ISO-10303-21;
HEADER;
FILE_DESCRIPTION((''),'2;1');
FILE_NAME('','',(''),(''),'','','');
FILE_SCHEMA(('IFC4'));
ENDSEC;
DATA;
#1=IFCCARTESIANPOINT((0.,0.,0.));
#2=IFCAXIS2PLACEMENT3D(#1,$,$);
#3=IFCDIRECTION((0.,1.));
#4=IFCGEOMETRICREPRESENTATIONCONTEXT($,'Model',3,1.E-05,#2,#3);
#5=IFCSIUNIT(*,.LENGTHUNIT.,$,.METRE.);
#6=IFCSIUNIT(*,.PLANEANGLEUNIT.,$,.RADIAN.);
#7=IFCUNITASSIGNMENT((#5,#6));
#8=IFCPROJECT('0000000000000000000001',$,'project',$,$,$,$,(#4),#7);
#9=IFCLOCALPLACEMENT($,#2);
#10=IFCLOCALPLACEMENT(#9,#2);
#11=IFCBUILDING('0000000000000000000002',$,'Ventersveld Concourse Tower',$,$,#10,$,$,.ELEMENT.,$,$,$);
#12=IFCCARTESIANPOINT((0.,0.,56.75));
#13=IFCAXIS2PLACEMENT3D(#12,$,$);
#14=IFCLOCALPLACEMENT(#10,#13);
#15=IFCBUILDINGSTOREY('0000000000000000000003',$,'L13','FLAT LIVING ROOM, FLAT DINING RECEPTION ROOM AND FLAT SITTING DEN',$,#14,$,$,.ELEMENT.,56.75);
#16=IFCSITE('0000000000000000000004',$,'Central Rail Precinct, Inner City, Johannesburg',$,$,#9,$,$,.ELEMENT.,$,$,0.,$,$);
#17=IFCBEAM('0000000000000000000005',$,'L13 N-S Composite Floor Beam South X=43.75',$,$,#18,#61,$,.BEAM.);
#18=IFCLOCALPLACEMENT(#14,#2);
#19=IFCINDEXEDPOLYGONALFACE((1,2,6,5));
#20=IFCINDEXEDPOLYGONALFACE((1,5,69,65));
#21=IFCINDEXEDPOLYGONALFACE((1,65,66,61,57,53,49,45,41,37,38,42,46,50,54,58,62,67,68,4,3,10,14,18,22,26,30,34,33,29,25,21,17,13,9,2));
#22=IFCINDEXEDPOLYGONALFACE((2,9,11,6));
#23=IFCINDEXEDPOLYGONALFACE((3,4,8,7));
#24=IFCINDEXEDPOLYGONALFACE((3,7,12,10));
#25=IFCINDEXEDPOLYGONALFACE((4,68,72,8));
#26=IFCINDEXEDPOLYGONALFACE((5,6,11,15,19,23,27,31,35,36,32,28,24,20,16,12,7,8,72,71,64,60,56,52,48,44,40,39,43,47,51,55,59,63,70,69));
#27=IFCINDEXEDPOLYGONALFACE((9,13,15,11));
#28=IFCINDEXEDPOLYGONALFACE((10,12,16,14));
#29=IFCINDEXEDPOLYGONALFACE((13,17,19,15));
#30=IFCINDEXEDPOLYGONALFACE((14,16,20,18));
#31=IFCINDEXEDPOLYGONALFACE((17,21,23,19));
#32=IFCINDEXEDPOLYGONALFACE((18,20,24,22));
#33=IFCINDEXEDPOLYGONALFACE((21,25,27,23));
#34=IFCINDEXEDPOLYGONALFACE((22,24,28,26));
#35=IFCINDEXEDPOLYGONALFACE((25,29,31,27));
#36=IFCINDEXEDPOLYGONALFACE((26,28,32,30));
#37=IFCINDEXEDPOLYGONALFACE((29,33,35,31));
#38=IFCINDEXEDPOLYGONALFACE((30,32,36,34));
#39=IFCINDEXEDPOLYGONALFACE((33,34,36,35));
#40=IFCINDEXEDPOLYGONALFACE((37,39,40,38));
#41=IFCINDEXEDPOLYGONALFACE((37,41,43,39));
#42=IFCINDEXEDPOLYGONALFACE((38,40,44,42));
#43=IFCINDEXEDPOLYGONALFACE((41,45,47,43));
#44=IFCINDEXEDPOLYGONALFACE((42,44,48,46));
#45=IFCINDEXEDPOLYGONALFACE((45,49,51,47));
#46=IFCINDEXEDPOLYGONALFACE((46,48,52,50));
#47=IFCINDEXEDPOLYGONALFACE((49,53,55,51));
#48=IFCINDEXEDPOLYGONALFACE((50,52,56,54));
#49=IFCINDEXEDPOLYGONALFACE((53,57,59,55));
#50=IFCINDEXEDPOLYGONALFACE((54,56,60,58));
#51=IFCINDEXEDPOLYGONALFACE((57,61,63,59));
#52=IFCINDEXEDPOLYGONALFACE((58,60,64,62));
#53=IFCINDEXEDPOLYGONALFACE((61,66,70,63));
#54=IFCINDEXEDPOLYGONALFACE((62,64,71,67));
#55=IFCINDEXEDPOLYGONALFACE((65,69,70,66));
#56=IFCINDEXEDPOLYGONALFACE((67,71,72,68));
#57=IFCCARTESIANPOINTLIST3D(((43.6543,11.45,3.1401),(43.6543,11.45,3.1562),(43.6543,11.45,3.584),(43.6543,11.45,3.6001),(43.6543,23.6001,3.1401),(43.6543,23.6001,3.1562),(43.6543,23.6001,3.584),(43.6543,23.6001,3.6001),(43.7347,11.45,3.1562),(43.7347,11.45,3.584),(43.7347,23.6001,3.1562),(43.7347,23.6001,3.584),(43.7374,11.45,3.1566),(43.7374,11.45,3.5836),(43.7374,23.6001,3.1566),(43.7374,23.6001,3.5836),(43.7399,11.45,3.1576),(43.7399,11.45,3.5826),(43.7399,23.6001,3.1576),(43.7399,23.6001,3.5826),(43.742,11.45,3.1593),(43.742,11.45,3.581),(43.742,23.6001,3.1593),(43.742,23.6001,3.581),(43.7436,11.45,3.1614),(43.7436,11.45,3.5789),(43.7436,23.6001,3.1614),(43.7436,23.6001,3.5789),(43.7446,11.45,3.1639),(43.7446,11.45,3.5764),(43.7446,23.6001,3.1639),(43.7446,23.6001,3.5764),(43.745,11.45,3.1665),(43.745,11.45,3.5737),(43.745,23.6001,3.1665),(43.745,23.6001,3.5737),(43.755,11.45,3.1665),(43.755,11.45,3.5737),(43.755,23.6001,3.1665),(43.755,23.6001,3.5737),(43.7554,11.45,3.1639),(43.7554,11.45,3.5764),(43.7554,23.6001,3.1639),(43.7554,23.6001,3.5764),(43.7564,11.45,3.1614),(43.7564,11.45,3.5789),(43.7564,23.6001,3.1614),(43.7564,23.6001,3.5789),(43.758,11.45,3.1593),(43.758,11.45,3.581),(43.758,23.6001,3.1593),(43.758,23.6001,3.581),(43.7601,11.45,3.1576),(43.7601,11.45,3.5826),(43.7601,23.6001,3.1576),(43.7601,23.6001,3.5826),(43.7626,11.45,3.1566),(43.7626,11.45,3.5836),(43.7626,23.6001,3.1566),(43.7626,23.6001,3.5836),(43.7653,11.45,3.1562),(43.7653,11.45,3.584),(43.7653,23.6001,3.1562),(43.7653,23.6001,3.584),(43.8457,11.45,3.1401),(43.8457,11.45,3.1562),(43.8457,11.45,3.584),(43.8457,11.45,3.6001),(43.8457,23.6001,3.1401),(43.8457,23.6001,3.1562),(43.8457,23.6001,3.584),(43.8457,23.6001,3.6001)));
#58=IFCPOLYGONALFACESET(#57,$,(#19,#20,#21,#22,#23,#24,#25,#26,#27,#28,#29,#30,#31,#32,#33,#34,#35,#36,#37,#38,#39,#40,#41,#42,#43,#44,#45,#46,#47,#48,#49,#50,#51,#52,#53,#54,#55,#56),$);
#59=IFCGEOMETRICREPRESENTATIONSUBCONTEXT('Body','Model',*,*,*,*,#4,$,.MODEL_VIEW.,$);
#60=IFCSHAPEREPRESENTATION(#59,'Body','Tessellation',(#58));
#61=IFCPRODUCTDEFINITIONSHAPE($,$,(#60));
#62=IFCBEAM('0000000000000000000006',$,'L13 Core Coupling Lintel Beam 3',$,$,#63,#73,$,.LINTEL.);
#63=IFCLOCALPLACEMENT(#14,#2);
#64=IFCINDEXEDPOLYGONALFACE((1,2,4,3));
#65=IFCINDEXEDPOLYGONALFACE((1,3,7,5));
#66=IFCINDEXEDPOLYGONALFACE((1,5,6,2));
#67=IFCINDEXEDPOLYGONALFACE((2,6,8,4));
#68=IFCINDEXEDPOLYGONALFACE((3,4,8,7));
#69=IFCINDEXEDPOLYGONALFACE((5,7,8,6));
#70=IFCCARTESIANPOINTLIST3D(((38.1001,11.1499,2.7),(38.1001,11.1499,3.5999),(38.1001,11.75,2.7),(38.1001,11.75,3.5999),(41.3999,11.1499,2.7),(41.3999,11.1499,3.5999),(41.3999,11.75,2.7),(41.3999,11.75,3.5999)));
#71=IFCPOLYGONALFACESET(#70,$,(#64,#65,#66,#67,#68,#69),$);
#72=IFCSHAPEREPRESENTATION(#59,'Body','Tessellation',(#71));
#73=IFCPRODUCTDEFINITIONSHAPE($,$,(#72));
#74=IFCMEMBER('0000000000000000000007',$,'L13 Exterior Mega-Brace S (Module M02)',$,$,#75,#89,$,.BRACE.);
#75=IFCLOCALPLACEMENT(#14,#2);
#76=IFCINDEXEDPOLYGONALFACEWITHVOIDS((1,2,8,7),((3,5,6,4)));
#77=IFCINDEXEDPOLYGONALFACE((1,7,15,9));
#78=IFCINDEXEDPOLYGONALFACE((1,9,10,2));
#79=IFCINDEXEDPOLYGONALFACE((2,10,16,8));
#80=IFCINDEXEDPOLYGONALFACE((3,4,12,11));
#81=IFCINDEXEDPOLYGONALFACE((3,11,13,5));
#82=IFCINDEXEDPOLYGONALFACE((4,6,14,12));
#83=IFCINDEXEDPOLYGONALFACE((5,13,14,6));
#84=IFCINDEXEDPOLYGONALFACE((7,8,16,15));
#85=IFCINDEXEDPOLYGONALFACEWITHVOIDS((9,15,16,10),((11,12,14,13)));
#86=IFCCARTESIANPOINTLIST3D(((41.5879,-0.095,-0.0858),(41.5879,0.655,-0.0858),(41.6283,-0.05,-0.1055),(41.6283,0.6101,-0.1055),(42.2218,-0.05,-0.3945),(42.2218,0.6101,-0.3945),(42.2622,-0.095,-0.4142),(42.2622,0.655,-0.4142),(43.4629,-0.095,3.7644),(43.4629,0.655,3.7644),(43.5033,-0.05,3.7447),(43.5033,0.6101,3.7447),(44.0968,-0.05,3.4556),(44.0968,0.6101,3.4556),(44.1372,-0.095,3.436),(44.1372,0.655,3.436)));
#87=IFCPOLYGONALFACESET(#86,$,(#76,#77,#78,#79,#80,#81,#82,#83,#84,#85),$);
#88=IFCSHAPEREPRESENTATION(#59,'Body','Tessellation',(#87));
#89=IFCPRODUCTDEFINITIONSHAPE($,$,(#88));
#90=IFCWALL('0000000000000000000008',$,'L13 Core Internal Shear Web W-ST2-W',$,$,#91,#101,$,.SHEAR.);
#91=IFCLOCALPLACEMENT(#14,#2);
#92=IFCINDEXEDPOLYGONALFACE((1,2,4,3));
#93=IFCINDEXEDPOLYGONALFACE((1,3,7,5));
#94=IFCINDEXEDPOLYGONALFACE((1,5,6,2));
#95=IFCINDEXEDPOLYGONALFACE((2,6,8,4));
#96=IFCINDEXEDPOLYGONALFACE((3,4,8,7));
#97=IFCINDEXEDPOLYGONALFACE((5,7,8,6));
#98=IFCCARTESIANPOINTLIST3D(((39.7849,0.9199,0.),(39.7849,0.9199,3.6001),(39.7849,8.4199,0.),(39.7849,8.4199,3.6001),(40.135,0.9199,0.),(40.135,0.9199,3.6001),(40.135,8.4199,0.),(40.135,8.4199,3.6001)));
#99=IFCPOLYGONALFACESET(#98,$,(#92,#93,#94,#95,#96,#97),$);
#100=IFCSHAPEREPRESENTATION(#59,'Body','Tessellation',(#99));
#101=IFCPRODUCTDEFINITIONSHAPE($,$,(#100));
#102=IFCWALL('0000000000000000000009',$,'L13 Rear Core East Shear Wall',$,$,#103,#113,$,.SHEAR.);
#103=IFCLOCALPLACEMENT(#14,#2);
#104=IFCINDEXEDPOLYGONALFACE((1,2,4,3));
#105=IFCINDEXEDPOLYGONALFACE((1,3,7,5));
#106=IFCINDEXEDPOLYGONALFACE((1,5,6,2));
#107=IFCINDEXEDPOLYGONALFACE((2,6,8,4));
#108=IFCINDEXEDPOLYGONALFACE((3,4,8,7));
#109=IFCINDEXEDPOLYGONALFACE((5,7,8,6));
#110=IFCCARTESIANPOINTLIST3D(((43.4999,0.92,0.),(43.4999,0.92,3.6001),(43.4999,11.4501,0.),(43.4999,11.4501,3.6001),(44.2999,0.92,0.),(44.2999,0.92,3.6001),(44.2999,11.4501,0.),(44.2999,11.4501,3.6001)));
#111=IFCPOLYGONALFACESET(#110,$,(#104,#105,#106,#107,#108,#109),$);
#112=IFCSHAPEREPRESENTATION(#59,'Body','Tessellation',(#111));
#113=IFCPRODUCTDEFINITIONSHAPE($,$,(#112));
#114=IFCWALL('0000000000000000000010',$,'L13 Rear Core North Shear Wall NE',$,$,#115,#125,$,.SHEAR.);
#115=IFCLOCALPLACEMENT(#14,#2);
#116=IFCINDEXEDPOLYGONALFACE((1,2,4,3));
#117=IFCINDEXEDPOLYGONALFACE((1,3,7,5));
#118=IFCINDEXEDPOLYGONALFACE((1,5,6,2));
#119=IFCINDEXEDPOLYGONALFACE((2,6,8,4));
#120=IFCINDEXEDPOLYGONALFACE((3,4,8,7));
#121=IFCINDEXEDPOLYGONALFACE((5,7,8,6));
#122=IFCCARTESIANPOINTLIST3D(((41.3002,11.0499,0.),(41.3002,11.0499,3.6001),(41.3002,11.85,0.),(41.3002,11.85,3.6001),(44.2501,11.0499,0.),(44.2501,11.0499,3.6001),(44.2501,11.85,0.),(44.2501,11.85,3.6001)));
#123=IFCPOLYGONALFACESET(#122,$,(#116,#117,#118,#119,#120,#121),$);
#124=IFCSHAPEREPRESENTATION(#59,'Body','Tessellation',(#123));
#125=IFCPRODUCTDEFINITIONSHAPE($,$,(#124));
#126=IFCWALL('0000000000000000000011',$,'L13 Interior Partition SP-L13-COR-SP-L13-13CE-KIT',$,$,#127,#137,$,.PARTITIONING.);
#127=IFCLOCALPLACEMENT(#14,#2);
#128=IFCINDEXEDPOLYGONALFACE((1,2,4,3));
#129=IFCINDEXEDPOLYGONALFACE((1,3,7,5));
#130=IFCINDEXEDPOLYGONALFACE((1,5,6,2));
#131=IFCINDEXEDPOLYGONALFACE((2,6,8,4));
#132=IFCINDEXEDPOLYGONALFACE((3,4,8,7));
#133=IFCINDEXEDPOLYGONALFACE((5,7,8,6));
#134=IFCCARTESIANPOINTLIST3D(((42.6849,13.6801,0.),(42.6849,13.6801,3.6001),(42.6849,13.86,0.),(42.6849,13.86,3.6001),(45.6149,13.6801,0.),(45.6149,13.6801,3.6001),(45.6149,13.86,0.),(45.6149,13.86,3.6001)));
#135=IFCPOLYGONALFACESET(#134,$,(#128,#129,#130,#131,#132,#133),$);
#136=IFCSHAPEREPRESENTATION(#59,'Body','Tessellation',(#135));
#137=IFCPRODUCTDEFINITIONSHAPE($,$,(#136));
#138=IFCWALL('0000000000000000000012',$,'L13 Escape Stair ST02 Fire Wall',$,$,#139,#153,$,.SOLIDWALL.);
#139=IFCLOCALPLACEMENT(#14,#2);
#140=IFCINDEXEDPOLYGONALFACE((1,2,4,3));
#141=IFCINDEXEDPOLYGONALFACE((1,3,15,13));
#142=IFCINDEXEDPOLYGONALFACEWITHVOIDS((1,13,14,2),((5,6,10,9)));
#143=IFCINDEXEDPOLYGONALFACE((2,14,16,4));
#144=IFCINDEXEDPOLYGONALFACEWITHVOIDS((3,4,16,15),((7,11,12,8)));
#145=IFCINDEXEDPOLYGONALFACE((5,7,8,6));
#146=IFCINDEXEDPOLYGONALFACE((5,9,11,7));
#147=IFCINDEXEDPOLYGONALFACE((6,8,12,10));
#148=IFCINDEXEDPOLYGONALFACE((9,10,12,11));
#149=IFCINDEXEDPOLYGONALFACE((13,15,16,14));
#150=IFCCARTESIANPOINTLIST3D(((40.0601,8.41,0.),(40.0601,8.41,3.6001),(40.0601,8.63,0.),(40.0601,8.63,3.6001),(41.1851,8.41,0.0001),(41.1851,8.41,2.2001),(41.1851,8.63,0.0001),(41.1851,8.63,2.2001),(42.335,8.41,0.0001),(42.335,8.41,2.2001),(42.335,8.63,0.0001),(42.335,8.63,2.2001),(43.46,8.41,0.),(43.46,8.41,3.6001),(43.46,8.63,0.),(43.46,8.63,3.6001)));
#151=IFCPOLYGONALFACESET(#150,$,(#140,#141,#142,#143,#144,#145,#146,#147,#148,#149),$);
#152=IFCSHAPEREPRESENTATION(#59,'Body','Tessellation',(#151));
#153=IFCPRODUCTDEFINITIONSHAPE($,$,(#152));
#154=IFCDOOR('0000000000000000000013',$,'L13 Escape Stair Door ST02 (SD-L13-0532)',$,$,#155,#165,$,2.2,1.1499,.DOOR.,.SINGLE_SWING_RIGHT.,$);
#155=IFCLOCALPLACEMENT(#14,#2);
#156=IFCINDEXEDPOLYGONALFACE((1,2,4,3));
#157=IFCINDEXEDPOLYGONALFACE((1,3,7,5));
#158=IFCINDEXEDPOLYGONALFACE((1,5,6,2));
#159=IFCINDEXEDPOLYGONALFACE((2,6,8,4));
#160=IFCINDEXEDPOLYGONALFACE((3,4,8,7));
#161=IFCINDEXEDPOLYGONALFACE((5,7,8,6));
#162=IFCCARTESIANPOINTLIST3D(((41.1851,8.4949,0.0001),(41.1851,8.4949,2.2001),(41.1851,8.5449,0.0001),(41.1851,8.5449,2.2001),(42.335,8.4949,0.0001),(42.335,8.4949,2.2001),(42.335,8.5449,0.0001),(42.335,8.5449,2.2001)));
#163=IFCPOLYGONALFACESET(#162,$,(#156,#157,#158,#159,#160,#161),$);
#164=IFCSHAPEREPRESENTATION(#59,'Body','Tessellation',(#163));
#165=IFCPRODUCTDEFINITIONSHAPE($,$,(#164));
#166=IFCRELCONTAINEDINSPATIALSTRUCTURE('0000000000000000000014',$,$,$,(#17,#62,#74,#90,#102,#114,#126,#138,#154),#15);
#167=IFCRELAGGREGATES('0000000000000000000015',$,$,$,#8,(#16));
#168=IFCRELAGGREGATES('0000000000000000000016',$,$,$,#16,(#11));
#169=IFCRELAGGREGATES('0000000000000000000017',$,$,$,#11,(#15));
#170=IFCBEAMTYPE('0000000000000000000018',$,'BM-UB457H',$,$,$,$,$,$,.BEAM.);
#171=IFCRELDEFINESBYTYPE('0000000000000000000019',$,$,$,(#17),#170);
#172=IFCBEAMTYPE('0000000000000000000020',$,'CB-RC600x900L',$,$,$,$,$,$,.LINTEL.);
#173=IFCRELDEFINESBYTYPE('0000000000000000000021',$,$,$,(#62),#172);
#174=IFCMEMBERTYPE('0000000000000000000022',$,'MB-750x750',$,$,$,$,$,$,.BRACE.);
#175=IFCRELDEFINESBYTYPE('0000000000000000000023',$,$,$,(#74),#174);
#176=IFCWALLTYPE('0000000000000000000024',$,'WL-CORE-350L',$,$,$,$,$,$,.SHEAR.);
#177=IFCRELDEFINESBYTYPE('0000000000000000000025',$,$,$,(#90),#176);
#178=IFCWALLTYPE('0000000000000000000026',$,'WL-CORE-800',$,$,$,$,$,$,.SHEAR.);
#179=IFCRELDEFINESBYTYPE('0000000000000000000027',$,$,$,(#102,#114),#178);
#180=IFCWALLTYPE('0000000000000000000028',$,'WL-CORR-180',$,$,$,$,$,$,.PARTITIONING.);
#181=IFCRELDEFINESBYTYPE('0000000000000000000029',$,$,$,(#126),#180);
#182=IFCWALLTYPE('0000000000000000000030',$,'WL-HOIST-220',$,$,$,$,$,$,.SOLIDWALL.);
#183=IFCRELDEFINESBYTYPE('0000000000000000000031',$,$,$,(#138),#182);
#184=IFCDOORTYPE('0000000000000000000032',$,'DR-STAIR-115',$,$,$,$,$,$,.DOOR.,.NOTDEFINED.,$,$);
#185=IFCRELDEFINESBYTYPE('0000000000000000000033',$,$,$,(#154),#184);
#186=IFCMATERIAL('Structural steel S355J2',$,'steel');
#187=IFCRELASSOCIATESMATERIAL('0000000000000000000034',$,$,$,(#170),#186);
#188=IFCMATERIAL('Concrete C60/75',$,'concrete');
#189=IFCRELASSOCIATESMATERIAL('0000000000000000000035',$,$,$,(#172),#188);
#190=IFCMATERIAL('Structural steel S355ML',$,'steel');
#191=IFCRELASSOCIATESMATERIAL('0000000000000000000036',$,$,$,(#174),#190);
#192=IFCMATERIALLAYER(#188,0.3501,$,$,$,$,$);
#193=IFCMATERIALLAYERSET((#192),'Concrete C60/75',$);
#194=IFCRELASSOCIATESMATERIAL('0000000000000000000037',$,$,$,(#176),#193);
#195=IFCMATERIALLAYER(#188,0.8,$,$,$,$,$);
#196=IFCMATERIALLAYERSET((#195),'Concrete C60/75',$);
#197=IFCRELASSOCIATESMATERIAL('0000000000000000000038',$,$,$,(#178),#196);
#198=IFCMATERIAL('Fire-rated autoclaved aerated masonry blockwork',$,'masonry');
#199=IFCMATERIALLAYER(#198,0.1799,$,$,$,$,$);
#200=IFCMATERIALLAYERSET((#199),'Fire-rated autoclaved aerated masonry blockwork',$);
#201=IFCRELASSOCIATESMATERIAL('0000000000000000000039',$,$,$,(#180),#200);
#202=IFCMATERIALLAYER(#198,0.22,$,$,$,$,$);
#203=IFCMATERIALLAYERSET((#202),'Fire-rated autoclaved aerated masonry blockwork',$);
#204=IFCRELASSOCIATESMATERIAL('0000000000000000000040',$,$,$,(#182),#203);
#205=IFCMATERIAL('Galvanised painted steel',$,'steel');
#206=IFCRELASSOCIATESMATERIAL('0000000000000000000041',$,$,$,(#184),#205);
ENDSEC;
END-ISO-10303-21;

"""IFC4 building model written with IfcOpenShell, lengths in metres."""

from ifc_helpers import new_model, si_unit, direction, frame, frame_2d, origin, origin_2d, place, context, subcontext, project, spatial, rectangle, hollow_rectangle, i_section, extrude, material, layer, layer_set, material_profile, profile_set, type_object, element, fill, save


model = new_model("IFC4")

# Units and contexts
model_context = context("Model", 3, precision=1e-05, world=origin(), true_north=direction((0.0, 1.0)))
body_context = subcontext(model_context, "Body", "Model", "MODEL_VIEW")
ifc_project = project(units=[si_unit("LENGTHUNIT", "METRE"), si_unit("PLANEANGLEUNIT", "RADIAN")], contexts=[model_context])

# Site, building, storey
site_placement = place(None, origin())
site = spatial("IfcSite", under=ifc_project, at=site_placement, Name="Central Rail Precinct, Inner City, Johannesburg", CompositionType="ELEMENT", RefElevation=0.0)
building_placement = place(site_placement, origin())
building = spatial("IfcBuilding", under=site, at=building_placement, Name="Ventersveld Concourse Tower", CompositionType="ELEMENT")
storey_placement = place(building_placement, frame((0.0, 0.0, 56.75)))
storey = spatial("IfcBuildingStorey", under=building, at=storey_placement, Name="L13", Description="FLAT LIVING ROOM, FLAT DINING RECEPTION ROOM AND FLAT SITTING DEN", CompositionType="ELEMENT", Elevation=56.75)

# Beams
ifc_material_1 = material(Name="Structural steel S355J2", Category="steel")
ifc_material_profile_1 = material_profile(ifc_material_1, i_section(OverallWidth=0.1914, OverallDepth=0.46, WebThickness=0.01, FlangeThickness=0.0161, FilletRadius=0.0103, at=origin_2d()), Name="UB 457x191x82")
ifc_profile_set_1 = profile_set([ifc_material_profile_1], Name="Structural steel S355J2")
beam_type_1 = type_object("IfcBeamType", Name="BM-UB457H", PredefinedType="BEAM", material=ifc_profile_set_1)
beam_1_placement = place(storey_placement, frame((43.75, 11.45, 3.3701), z_axis=(0.0, 1.0, 0.0), x_axis=(-1.0, 0.0, 0.0)))
element("IfcBeam", 1, at=beam_1_placement, inside=storey, type_object=beam_type_1, Name="L13 N-S Composite Floor Beam South X=43.75", PredefinedType="BEAM", context=body_context, shape_type="SweptSolid", body=[
    extrude(i_section(OverallWidth=0.1914, OverallDepth=0.46, WebThickness=0.01, FlangeThickness=0.0161, FilletRadius=0.0103, at=origin_2d()), origin(), (0.0, 0.0, 1.0), 12.1501),
])
ifc_material_2 = material(Name="Concrete C60/75", Category="concrete")
ifc_material_profile_2 = material_profile(ifc_material_2, rectangle(XDim=0.6001, YDim=0.8999, at=origin_2d()), Name="RC 600x900")
ifc_profile_set_2 = profile_set([ifc_material_profile_2], Name="Concrete C60/75")
beam_type_2 = type_object("IfcBeamType", Name="CB-RC600x900L", PredefinedType="LINTEL", material=ifc_profile_set_2)
beam_2_placement = place(storey_placement, frame((38.1001, 11.45, 3.1499), z_axis=(1.0, 0.0, 0.0), x_axis=(0.0, 1.0, 0.0)))
element("IfcBeam", 2, at=beam_2_placement, inside=storey, type_object=beam_type_2, Name="L13 Core Coupling Lintel Beam 3", PredefinedType="LINTEL", context=body_context, shape_type="SweptSolid", body=[
    extrude(rectangle(XDim=0.6001, YDim=0.8999, at=origin_2d()), origin(), (0.0, 0.0, 1.0), 3.2998),
])

# Member
ifc_material_3 = material(Name="Structural steel S355ML", Category="steel")
ifc_material_profile_3 = material_profile(ifc_material_3, hollow_rectangle(XDim=0.75, YDim=0.75, WallThickness=0.0449, at=origin_2d()), Name="BOX 750x750x45")
ifc_profile_set_3 = profile_set([ifc_material_profile_3], Name="Structural steel S355ML")
member_type = type_object("IfcMemberType", Name="MB-750x750", PredefinedType="BRACE", material=ifc_profile_set_3)
member_placement = place(storey_placement, frame((41.925, 0.28, -0.25), z_axis=(0.437839, 0.0, 0.899053), x_axis=(0.0, 1.0, 0.0)))
element("IfcMember", 3, at=member_placement, inside=storey, type_object=member_type, Name="L13 Exterior Mega-Brace S (Module M02)", PredefinedType="BRACE", context=body_context, shape_type="SweptSolid", body=[
    extrude(hollow_rectangle(XDim=0.75, YDim=0.75, WallThickness=0.0449, at=origin_2d()), origin(), (0.0, 0.0, 1.0), 4.2825),
])

# Walls
ifc_layer_1 = layer(ifc_material_2, 0.3501)
ifc_layer_set_1 = layer_set([ifc_layer_1], Name="Concrete C60/75")
wall_type_1 = type_object("IfcWallType", Name="WL-CORE-350L", PredefinedType="SHEAR", material=ifc_layer_set_1)
wall_1_placement = place(storey_placement, frame((39.96, 0.9199, 0.0), z_axis=(0.0, 0.0, 1.0), x_axis=(0.0, 1.0, 0.0)))
element("IfcWall", 4, at=wall_1_placement, inside=storey, type_object=wall_type_1, Name="L13 Core Internal Shear Web W-ST2-W", PredefinedType="SHEAR", context=body_context, shape_type="SweptSolid", body=[
    extrude(rectangle(XDim=7.5, YDim=0.3501, at=frame_2d((3.75, 0.0))), origin(), (0.0, 0.0, 1.0), 3.6001),
])
ifc_layer_2 = layer(ifc_material_2, 0.8)
ifc_layer_set_2 = layer_set([ifc_layer_2], Name="Concrete C60/75")
wall_type_2 = type_object("IfcWallType", Name="WL-CORE-800", PredefinedType="SHEAR", material=ifc_layer_set_2)
wall_2_placement = place(storey_placement, frame((43.8999, 0.9199, 0.0), z_axis=(0.0, 0.0, 1.0), x_axis=(0.0, 1.0, 0.0)))
element("IfcWall", 5, at=wall_2_placement, inside=storey, type_object=wall_type_2, Name="L13 Rear Core East Shear Wall", PredefinedType="SHEAR", context=body_context, shape_type="SweptSolid", body=[
    extrude(rectangle(XDim=10.53, YDim=0.8, at=frame_2d((5.2651, 0.0))), origin(), (0.0, 0.0, 1.0), 3.6001),
])
wall_3_placement = place(storey_placement, frame((41.3, 11.45, 0.0), z_axis=(0.0, 0.0, 1.0), x_axis=(1.0, 0.0, 0.0)))
element("IfcWall", 6, at=wall_3_placement, inside=storey, type_object=wall_type_2, Name="L13 Rear Core North Shear Wall NE", PredefinedType="SHEAR", context=body_context, shape_type="SweptSolid", body=[
    extrude(rectangle(XDim=2.95, YDim=0.8, at=frame_2d((1.4751, 0.0))), origin(), (0.0, 0.0, 1.0), 3.6001),
])

# Shared definitions
ifc_material_4 = material(Name="Fire-rated autoclaved aerated masonry blockwork", Category="masonry")
ifc_layer_3 = layer(ifc_material_4, 0.1799)
ifc_layer_set_3 = layer_set([ifc_layer_3], Name="Fire-rated autoclaved aerated masonry blockwork")
wall_type_3 = type_object("IfcWallType", Name="WL-CORR-180", PredefinedType="PARTITIONING", material=ifc_layer_set_3)

# Wall
wall_4_placement = place(storey_placement, frame((42.6851, 13.77, 0.0), z_axis=(0.0, 0.0, 1.0), x_axis=(1.0, 0.0, 0.0)))
element("IfcWall", 7, at=wall_4_placement, inside=storey, type_object=wall_type_3, Name="L13 Interior Partition SP-L13-COR-SP-L13-13CE-KIT", PredefinedType="PARTITIONING", context=body_context, shape_type="SweptSolid", body=[
    extrude(rectangle(XDim=2.9299, YDim=0.1799, at=frame_2d((1.4648, 0.0))), origin(), (0.0, 0.0, 1.0), 3.6001),
])

# Wall, opening, door
ifc_layer_4 = layer(ifc_material_4, 0.22)
ifc_layer_set_4 = layer_set([ifc_layer_4], Name="Fire-rated autoclaved aerated masonry blockwork")
wall_type_4 = type_object("IfcWallType", Name="WL-HOIST-220", PredefinedType="SOLIDWALL", material=ifc_layer_set_4)
wall_5_placement = place(storey_placement, frame((40.0601, 8.52, 0.0), z_axis=(0.0, 0.0, 1.0), x_axis=(1.0, 0.0, 0.0)))
wall_5 = element("IfcWall", 8, at=wall_5_placement, inside=storey, type_object=wall_type_4, Name="L13 Escape Stair ST02 Fire Wall", PredefinedType="SOLIDWALL", context=body_context, shape_type="SweptSolid", body=[
    extrude(rectangle(XDim=3.3999, YDim=0.22, at=frame_2d((1.7, 0.0))), origin(), (0.0, 0.0, 1.0), 3.6001),
])
opening_1_placement = place(wall_5_placement, frame((1.125, 0.0, 0.0)))
opening_1 = element("IfcOpeningElement", 9, at=opening_1_placement, cuts=wall_5, PredefinedType="OPENING", context=body_context, shape_type="SweptSolid", body=[
    extrude(rectangle(XDim=1.1499, YDim=2.2, at=frame_2d((0.575, 1.1001))), frame((0.0, 0.1201, 0.0), z_axis=(0.0, -1.0, 0.0), x_axis=(1.0, 0.0, 0.0)), (0.0, 0.0, 1.0), 0.24),
])
ifc_material_5 = material(Name="Galvanised painted steel", Category="steel")
door_type_1 = type_object("IfcDoorType", Name="DR-STAIR-115", OperationType="NOTDEFINED", PredefinedType="DOOR", material=ifc_material_5)
door_1_placement = place(opening_1_placement, origin())
door_1 = element("IfcDoor", 10, at=door_1_placement, inside=storey, type_object=door_type_1, Name="L13 Escape Stair Door ST02 (SD-L13-0532)", OperationType="SINGLE_SWING_RIGHT", OverallHeight=2.2, OverallWidth=1.1499, PredefinedType="DOOR", context=body_context, shape_type="SweptSolid", body=[
    extrude(rectangle(XDim=1.1499, YDim=2.2, at=frame_2d((0.575, 1.1001))), frame((0.0, 0.0249, 0.0), z_axis=(0.0, -1.0, 0.0), x_axis=(1.0, 0.0, 0.0)), (0.0, 0.0, 1.0), 0.05),
])
fill(opening_1, door_1)

save(model, "model.ifc")
